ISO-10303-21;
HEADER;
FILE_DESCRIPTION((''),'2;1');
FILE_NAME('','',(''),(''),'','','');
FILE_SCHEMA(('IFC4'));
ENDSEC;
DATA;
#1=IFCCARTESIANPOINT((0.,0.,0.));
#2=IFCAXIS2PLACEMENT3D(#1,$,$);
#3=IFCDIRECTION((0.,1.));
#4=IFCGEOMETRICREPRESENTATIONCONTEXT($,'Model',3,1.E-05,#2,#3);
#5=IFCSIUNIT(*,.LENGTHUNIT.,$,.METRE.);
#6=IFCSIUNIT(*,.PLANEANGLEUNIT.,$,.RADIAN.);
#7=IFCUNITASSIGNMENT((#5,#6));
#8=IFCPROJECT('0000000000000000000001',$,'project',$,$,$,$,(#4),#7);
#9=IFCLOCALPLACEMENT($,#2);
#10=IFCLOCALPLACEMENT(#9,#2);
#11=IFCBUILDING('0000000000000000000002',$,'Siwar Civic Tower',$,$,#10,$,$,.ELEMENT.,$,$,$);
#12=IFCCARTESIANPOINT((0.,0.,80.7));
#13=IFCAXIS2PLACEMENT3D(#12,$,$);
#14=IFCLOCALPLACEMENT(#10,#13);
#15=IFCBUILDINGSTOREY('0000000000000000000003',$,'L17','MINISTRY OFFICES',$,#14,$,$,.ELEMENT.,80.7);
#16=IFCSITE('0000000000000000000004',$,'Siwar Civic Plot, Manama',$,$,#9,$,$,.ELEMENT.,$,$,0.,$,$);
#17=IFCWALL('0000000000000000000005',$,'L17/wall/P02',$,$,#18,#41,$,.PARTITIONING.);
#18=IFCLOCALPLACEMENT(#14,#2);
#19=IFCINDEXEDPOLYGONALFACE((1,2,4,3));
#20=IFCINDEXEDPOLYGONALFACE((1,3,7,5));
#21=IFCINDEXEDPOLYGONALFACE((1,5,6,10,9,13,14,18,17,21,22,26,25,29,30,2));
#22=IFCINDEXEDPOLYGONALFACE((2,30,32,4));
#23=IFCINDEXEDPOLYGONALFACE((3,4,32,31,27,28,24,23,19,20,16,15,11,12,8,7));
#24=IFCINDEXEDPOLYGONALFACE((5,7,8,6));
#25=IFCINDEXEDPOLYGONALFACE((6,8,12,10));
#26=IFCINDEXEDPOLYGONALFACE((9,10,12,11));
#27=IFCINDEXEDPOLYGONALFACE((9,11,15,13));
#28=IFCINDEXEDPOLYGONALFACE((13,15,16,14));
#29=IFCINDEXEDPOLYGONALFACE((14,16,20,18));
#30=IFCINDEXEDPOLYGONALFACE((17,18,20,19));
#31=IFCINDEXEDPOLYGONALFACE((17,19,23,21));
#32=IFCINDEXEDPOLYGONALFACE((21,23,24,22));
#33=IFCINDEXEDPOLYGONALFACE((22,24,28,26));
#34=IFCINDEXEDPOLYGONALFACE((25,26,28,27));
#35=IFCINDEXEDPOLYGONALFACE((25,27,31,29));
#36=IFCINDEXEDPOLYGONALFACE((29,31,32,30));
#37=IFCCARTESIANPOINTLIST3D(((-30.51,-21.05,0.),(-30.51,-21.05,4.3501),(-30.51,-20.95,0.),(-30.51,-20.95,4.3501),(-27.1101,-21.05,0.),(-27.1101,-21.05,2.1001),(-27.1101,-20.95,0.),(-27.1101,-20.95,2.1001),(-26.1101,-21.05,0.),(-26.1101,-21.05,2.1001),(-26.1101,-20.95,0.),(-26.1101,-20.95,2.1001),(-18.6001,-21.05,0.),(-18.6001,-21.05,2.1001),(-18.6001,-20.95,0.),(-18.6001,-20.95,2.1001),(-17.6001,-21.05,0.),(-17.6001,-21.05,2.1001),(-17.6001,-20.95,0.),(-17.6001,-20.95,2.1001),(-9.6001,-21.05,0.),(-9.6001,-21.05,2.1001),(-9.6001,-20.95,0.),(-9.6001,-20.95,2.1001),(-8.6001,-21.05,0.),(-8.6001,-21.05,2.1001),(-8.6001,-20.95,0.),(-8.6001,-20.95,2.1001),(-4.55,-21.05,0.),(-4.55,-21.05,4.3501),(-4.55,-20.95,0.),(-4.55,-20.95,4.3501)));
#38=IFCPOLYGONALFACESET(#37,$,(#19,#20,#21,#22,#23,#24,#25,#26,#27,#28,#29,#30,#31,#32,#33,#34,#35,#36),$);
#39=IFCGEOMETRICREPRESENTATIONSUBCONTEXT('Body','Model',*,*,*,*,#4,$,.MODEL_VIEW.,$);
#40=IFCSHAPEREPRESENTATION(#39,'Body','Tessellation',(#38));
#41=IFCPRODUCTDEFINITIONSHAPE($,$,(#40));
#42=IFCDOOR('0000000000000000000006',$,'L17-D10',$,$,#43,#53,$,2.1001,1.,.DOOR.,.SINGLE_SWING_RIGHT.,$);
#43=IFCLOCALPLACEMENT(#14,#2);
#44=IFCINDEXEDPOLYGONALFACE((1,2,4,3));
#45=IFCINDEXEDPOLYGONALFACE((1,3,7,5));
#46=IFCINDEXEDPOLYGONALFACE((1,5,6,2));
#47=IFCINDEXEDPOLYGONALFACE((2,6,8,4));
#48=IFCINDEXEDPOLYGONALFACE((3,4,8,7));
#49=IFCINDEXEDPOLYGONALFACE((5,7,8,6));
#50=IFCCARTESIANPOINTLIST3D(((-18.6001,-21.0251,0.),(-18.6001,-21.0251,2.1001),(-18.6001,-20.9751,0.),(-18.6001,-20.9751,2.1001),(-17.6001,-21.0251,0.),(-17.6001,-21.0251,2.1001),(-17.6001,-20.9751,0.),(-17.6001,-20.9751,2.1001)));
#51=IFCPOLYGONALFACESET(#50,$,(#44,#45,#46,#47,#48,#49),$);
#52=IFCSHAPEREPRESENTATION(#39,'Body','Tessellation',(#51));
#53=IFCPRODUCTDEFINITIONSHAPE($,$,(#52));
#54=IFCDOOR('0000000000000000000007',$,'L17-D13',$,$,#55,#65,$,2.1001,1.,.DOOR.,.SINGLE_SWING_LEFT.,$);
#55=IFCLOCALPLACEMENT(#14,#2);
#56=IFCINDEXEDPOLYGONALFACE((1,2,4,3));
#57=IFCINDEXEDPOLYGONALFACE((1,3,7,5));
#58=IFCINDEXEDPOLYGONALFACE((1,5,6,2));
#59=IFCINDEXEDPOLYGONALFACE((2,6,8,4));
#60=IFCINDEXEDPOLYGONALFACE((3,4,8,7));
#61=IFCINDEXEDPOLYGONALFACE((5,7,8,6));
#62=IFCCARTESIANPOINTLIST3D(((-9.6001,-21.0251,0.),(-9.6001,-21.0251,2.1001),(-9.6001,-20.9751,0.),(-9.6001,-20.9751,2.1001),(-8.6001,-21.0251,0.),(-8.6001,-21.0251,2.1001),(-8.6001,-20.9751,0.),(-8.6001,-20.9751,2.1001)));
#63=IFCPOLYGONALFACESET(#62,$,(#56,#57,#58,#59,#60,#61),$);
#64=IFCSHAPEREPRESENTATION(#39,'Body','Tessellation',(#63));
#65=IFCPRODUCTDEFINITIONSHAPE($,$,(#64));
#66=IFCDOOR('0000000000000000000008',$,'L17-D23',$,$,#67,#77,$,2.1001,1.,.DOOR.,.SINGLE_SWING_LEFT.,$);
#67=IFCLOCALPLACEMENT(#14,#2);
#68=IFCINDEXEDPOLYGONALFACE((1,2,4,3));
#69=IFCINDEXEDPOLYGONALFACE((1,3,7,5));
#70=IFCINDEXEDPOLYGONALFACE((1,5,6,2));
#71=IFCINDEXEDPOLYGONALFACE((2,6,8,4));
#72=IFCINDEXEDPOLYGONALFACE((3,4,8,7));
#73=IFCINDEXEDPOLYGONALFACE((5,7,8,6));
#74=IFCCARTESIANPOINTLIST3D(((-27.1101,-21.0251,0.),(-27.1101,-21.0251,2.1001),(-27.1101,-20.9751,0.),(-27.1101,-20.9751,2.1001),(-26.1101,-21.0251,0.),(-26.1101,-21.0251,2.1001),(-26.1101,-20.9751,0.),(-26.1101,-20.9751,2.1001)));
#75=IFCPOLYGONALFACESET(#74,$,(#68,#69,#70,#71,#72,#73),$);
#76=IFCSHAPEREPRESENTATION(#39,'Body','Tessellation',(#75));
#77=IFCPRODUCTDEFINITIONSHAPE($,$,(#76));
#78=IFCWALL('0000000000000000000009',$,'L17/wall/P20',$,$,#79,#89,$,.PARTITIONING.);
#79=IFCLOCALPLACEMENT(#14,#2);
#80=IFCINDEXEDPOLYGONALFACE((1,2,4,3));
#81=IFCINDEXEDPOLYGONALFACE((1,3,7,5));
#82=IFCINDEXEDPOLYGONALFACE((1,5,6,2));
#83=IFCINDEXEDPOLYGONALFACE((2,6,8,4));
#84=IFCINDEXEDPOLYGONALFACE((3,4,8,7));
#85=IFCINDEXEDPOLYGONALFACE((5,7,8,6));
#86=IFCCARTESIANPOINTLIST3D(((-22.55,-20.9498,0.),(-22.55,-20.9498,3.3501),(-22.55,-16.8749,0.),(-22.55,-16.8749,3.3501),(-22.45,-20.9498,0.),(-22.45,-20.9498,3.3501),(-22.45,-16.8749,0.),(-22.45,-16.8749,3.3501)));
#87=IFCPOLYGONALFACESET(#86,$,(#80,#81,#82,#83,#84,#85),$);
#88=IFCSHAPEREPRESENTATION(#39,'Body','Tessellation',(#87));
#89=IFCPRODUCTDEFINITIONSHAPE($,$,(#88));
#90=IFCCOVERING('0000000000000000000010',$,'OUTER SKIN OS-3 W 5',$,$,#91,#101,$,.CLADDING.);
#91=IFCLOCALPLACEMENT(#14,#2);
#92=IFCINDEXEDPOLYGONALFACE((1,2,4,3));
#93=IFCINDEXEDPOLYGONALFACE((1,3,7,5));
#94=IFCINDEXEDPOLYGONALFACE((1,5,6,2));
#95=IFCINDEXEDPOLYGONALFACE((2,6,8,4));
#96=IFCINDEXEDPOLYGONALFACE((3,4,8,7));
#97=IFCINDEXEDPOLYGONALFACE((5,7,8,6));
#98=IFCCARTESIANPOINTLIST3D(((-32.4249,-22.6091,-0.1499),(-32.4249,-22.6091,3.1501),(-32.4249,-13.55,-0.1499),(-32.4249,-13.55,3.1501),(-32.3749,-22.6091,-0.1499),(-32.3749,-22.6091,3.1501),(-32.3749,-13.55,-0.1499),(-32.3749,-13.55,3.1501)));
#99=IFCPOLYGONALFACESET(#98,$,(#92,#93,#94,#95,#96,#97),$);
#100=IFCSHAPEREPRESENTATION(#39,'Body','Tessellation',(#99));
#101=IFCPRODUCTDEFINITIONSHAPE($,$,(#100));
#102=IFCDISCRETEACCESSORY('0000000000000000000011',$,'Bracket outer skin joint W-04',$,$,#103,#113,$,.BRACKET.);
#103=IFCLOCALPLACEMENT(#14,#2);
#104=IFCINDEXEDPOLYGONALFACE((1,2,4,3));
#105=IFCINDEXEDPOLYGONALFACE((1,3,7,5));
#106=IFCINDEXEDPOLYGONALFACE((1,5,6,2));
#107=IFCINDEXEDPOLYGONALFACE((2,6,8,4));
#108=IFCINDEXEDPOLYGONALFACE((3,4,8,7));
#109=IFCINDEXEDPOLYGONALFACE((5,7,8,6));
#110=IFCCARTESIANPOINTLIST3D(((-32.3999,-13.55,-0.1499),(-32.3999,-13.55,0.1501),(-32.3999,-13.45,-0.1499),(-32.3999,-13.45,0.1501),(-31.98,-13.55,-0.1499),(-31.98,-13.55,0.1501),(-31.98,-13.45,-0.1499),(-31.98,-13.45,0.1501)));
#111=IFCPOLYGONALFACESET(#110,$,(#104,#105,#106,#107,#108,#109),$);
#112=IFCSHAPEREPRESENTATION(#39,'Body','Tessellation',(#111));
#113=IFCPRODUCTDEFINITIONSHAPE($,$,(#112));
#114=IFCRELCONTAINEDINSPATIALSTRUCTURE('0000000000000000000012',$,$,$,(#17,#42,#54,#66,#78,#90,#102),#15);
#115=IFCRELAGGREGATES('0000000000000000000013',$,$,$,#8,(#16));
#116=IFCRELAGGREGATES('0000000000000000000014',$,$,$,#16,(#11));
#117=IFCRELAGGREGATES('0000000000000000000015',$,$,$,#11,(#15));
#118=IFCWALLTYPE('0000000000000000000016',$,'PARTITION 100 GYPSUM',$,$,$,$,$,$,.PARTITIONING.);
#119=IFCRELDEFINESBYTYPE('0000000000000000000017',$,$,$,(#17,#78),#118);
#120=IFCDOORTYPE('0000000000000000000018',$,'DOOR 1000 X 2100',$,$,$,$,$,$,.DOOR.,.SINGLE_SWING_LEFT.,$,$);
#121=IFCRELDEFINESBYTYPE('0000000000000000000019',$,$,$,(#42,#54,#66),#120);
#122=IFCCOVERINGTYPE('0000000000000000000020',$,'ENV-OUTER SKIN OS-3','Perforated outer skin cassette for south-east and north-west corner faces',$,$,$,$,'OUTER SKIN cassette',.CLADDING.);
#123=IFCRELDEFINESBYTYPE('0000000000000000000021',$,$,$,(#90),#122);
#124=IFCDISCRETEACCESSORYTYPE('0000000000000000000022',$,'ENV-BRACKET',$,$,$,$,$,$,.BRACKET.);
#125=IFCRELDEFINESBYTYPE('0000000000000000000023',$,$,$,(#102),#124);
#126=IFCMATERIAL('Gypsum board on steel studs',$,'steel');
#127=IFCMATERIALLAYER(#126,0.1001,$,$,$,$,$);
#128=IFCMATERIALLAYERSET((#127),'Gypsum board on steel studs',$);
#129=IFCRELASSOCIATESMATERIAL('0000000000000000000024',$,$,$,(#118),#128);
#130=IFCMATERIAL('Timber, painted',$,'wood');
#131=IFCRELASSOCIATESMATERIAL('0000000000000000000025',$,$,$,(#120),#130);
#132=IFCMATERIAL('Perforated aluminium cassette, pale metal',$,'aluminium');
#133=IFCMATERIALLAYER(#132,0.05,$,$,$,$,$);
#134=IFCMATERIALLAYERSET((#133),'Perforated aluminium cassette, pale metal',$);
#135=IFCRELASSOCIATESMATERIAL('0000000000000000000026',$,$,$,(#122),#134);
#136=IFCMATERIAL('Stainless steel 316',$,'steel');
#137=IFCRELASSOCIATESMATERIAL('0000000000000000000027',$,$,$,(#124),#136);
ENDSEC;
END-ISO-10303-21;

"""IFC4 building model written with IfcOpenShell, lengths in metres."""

from ifc_helpers import new_model, si_unit, direction, frame, frame_2d, origin, origin_2d, place, context, subcontext, project, spatial, rectangle, extrude, material, layer, layer_set, type_object, element, fill, save


model = new_model("IFC4")

# Units and contexts
model_context = context("Model", 3, precision=1e-05, world=origin(), true_north=direction((0.0, 1.0)))
body_context = subcontext(model_context, "Body", "Model", "MODEL_VIEW")
ifc_project = project(units=[si_unit("LENGTHUNIT", "METRE"), si_unit("PLANEANGLEUNIT", "RADIAN")], contexts=[model_context])

# Site, building, storey
site_placement = place(None, origin())
site = spatial("IfcSite", under=ifc_project, at=site_placement, Name="Siwar Civic Plot, Manama", CompositionType="ELEMENT", RefElevation=0.0)
building_placement = place(site_placement, origin())
building = spatial("IfcBuilding", under=site, at=building_placement, Name="Siwar Civic Tower", CompositionType="ELEMENT")
storey_placement = place(building_placement, frame((0.0, 0.0, 80.7)))
storey = spatial("IfcBuildingStorey", under=building, at=storey_placement, Name="L17", Description="MINISTRY OFFICES", CompositionType="ELEMENT", Elevation=80.7)

# Wall, openings, doors
ifc_material_1 = material(Name="Gypsum board on steel studs", Category="steel")
ifc_layer_1 = layer(ifc_material_1, 0.1001)
ifc_layer_set_1 = layer_set([ifc_layer_1], Name="Gypsum board on steel studs")
wall_type_1 = type_object("IfcWallType", Name="PARTITION 100 GYPSUM", PredefinedType="PARTITIONING", material=ifc_layer_set_1)
wall_1_placement = place(storey_placement, frame((-30.51, -21.0, 0.0), z_axis=(0.0, 0.0, 1.0), x_axis=(1.0, 0.0, 0.0)))
wall_1 = element("IfcWall", 1, at=wall_1_placement, inside=storey, type_object=wall_type_1, Name="L17/wall/P02", PredefinedType="PARTITIONING", context=body_context, shape_type="SweptSolid", body=[
    extrude(rectangle(XDim=25.96, YDim=0.1001, at=frame_2d((12.98, 0.0))), origin(), (0.0, 0.0, 1.0), 4.3501),
])
opening_1_placement = place(wall_1_placement, frame((11.9099, 0.0, 0.0)))
opening_1 = element("IfcOpeningElement", 2, at=opening_1_placement, cuts=wall_1, PredefinedType="OPENING", context=body_context, shape_type="SweptSolid", body=[
    extrude(rectangle(XDim=1.0, YDim=2.1001, at=frame_2d((0.5, 1.05))), frame((0.0, 0.0601, 0.0), z_axis=(0.0, -1.0, 0.0), x_axis=(1.0, 0.0, 0.0)), (0.0, 0.0, 1.0), 0.1201),
])
opening_2_placement = place(wall_1_placement, frame((20.9099, 0.0, 0.0)))
opening_2 = element("IfcOpeningElement", 3, at=opening_2_placement, cuts=wall_1, PredefinedType="OPENING", context=body_context, shape_type="SweptSolid", body=[
    extrude(rectangle(XDim=1.0, YDim=2.1001, at=frame_2d((0.5, 1.05))), frame((0.0, 0.0601, 0.0), z_axis=(0.0, -1.0, 0.0), x_axis=(1.0, 0.0, 0.0)), (0.0, 0.0, 1.0), 0.1201),
])
opening_3_placement = place(wall_1_placement, frame((3.3999, 0.0, 0.0)))
opening_3 = element("IfcOpeningElement", 4, at=opening_3_placement, cuts=wall_1, PredefinedType="OPENING", context=body_context, shape_type="SweptSolid", body=[
    extrude(rectangle(XDim=1.0, YDim=2.1001, at=frame_2d((0.5, 1.05))), frame((0.0, 0.0601, 0.0), z_axis=(0.0, -1.0, 0.0), x_axis=(1.0, 0.0, 0.0)), (0.0, 0.0, 1.0), 0.1201),
])
ifc_material_2 = material(Name="Timber, painted", Category="wood")
door_type_1 = type_object("IfcDoorType", Name="DOOR 1000 X 2100", OperationType="SINGLE_SWING_LEFT", PredefinedType="DOOR", material=ifc_material_2)
door_1_placement = place(opening_1_placement, origin())
door_1 = element("IfcDoor", 5, at=door_1_placement, inside=storey, type_object=door_type_1, Name="L17-D10", OperationType="SINGLE_SWING_RIGHT", OverallHeight=2.1001, OverallWidth=1.0, PredefinedType="DOOR", context=body_context, shape_type="SweptSolid", body=[
    extrude(rectangle(XDim=1.0, YDim=2.1001, at=frame_2d((0.5, 1.05))), frame((0.0, 0.0249, 0.0), z_axis=(0.0, -1.0, 0.0), x_axis=(1.0, 0.0, 0.0)), (0.0, 0.0, 1.0), 0.05),
])
fill(opening_1, door_1)
door_2_placement = place(opening_2_placement, origin())
door_2 = element("IfcDoor", 6, at=door_2_placement, inside=storey, type_object=door_type_1, Name="L17-D13", OperationType="SINGLE_SWING_LEFT", OverallHeight=2.1001, OverallWidth=1.0, PredefinedType="DOOR", context=body_context, shape_type="SweptSolid", body=[
    extrude(rectangle(XDim=1.0, YDim=2.1001, at=frame_2d((0.5, 1.05))), frame((0.0, 0.0249, 0.0), z_axis=(0.0, -1.0, 0.0), x_axis=(1.0, 0.0, 0.0)), (0.0, 0.0, 1.0), 0.05),
])
fill(opening_2, door_2)
door_3_placement = place(opening_3_placement, origin())
door_3 = element("IfcDoor", 7, at=door_3_placement, inside=storey, type_object=door_type_1, Name="L17-D23", OperationType="SINGLE_SWING_LEFT", OverallHeight=2.1001, OverallWidth=1.0, PredefinedType="DOOR", context=body_context, shape_type="SweptSolid", body=[
    extrude(rectangle(XDim=1.0, YDim=2.1001, at=frame_2d((0.5, 1.05))), frame((0.0, 0.0249, 0.0), z_axis=(0.0, -1.0, 0.0), x_axis=(1.0, 0.0, 0.0)), (0.0, 0.0, 1.0), 0.05),
])
fill(opening_3, door_3)

# Wall
wall_2_placement = place(storey_placement, frame((-22.5, -20.95, 0.0), z_axis=(0.0, 0.0, 1.0), x_axis=(0.0, 1.0, 0.0)))
element("IfcWall", 8, at=wall_2_placement, inside=storey, type_object=wall_type_1, Name="L17/wall/P20", PredefinedType="PARTITIONING", context=body_context, shape_type="SweptSolid", body=[
    extrude(rectangle(XDim=4.075, YDim=0.1001, at=frame_2d((2.0376, 0.0))), origin(), (0.0, 0.0, 1.0), 3.3501),
])

# Covering
ifc_material_3 = material(Name="Perforated aluminium cassette, pale metal", Category="aluminium")
ifc_layer_2 = layer(ifc_material_3, 0.05)
ifc_layer_set_2 = layer_set([ifc_layer_2], Name="Perforated aluminium cassette, pale metal")
covering_type = type_object("IfcCoveringType", Name="ENV-OUTER SKIN OS-3", Description="Perforated outer skin cassette for south-east and north-west corner faces", ElementType="OUTER SKIN cassette", PredefinedType="CLADDING", material=ifc_layer_set_2)
covering_placement = place(storey_placement, frame((-32.3999, -18.0796, -0.1499), z_axis=(0.0, 0.0, 1.0), x_axis=(0.0, -1.0, 0.0)))
element("IfcCovering", 9, at=covering_placement, inside=storey, type_object=covering_type, Name="OUTER SKIN OS-3 W 5", PredefinedType="CLADDING", context=body_context, shape_type="SweptSolid", body=[
    extrude(rectangle(XDim=9.0591, YDim=0.05, at=origin_2d()), origin(), (0.0, 0.0, 1.0), 3.3),
])

# Discrete accessory
ifc_material_4 = material(Name="Stainless steel 316", Category="steel")
discrete_accessory_type = type_object("IfcDiscreteAccessoryType", Name="ENV-BRACKET", PredefinedType="BRACKET", material=ifc_material_4)
discrete_accessory_placement = place(storey_placement, frame((-32.1899, -13.5, -0.1499), z_axis=(0.0, 0.0, 1.0), x_axis=(-1.0, 0.0, 0.0)))
element("IfcDiscreteAccessory", 10, at=discrete_accessory_placement, inside=storey, type_object=discrete_accessory_type, Name="Bracket outer skin joint W-04", PredefinedType="BRACKET", context=body_context, shape_type="SweptSolid", body=[
    extrude(rectangle(XDim=0.4199, YDim=0.1001, at=origin_2d()), origin(), (0.0, 0.0, 1.0), 0.3),
])

save(model, "model.ifc")
